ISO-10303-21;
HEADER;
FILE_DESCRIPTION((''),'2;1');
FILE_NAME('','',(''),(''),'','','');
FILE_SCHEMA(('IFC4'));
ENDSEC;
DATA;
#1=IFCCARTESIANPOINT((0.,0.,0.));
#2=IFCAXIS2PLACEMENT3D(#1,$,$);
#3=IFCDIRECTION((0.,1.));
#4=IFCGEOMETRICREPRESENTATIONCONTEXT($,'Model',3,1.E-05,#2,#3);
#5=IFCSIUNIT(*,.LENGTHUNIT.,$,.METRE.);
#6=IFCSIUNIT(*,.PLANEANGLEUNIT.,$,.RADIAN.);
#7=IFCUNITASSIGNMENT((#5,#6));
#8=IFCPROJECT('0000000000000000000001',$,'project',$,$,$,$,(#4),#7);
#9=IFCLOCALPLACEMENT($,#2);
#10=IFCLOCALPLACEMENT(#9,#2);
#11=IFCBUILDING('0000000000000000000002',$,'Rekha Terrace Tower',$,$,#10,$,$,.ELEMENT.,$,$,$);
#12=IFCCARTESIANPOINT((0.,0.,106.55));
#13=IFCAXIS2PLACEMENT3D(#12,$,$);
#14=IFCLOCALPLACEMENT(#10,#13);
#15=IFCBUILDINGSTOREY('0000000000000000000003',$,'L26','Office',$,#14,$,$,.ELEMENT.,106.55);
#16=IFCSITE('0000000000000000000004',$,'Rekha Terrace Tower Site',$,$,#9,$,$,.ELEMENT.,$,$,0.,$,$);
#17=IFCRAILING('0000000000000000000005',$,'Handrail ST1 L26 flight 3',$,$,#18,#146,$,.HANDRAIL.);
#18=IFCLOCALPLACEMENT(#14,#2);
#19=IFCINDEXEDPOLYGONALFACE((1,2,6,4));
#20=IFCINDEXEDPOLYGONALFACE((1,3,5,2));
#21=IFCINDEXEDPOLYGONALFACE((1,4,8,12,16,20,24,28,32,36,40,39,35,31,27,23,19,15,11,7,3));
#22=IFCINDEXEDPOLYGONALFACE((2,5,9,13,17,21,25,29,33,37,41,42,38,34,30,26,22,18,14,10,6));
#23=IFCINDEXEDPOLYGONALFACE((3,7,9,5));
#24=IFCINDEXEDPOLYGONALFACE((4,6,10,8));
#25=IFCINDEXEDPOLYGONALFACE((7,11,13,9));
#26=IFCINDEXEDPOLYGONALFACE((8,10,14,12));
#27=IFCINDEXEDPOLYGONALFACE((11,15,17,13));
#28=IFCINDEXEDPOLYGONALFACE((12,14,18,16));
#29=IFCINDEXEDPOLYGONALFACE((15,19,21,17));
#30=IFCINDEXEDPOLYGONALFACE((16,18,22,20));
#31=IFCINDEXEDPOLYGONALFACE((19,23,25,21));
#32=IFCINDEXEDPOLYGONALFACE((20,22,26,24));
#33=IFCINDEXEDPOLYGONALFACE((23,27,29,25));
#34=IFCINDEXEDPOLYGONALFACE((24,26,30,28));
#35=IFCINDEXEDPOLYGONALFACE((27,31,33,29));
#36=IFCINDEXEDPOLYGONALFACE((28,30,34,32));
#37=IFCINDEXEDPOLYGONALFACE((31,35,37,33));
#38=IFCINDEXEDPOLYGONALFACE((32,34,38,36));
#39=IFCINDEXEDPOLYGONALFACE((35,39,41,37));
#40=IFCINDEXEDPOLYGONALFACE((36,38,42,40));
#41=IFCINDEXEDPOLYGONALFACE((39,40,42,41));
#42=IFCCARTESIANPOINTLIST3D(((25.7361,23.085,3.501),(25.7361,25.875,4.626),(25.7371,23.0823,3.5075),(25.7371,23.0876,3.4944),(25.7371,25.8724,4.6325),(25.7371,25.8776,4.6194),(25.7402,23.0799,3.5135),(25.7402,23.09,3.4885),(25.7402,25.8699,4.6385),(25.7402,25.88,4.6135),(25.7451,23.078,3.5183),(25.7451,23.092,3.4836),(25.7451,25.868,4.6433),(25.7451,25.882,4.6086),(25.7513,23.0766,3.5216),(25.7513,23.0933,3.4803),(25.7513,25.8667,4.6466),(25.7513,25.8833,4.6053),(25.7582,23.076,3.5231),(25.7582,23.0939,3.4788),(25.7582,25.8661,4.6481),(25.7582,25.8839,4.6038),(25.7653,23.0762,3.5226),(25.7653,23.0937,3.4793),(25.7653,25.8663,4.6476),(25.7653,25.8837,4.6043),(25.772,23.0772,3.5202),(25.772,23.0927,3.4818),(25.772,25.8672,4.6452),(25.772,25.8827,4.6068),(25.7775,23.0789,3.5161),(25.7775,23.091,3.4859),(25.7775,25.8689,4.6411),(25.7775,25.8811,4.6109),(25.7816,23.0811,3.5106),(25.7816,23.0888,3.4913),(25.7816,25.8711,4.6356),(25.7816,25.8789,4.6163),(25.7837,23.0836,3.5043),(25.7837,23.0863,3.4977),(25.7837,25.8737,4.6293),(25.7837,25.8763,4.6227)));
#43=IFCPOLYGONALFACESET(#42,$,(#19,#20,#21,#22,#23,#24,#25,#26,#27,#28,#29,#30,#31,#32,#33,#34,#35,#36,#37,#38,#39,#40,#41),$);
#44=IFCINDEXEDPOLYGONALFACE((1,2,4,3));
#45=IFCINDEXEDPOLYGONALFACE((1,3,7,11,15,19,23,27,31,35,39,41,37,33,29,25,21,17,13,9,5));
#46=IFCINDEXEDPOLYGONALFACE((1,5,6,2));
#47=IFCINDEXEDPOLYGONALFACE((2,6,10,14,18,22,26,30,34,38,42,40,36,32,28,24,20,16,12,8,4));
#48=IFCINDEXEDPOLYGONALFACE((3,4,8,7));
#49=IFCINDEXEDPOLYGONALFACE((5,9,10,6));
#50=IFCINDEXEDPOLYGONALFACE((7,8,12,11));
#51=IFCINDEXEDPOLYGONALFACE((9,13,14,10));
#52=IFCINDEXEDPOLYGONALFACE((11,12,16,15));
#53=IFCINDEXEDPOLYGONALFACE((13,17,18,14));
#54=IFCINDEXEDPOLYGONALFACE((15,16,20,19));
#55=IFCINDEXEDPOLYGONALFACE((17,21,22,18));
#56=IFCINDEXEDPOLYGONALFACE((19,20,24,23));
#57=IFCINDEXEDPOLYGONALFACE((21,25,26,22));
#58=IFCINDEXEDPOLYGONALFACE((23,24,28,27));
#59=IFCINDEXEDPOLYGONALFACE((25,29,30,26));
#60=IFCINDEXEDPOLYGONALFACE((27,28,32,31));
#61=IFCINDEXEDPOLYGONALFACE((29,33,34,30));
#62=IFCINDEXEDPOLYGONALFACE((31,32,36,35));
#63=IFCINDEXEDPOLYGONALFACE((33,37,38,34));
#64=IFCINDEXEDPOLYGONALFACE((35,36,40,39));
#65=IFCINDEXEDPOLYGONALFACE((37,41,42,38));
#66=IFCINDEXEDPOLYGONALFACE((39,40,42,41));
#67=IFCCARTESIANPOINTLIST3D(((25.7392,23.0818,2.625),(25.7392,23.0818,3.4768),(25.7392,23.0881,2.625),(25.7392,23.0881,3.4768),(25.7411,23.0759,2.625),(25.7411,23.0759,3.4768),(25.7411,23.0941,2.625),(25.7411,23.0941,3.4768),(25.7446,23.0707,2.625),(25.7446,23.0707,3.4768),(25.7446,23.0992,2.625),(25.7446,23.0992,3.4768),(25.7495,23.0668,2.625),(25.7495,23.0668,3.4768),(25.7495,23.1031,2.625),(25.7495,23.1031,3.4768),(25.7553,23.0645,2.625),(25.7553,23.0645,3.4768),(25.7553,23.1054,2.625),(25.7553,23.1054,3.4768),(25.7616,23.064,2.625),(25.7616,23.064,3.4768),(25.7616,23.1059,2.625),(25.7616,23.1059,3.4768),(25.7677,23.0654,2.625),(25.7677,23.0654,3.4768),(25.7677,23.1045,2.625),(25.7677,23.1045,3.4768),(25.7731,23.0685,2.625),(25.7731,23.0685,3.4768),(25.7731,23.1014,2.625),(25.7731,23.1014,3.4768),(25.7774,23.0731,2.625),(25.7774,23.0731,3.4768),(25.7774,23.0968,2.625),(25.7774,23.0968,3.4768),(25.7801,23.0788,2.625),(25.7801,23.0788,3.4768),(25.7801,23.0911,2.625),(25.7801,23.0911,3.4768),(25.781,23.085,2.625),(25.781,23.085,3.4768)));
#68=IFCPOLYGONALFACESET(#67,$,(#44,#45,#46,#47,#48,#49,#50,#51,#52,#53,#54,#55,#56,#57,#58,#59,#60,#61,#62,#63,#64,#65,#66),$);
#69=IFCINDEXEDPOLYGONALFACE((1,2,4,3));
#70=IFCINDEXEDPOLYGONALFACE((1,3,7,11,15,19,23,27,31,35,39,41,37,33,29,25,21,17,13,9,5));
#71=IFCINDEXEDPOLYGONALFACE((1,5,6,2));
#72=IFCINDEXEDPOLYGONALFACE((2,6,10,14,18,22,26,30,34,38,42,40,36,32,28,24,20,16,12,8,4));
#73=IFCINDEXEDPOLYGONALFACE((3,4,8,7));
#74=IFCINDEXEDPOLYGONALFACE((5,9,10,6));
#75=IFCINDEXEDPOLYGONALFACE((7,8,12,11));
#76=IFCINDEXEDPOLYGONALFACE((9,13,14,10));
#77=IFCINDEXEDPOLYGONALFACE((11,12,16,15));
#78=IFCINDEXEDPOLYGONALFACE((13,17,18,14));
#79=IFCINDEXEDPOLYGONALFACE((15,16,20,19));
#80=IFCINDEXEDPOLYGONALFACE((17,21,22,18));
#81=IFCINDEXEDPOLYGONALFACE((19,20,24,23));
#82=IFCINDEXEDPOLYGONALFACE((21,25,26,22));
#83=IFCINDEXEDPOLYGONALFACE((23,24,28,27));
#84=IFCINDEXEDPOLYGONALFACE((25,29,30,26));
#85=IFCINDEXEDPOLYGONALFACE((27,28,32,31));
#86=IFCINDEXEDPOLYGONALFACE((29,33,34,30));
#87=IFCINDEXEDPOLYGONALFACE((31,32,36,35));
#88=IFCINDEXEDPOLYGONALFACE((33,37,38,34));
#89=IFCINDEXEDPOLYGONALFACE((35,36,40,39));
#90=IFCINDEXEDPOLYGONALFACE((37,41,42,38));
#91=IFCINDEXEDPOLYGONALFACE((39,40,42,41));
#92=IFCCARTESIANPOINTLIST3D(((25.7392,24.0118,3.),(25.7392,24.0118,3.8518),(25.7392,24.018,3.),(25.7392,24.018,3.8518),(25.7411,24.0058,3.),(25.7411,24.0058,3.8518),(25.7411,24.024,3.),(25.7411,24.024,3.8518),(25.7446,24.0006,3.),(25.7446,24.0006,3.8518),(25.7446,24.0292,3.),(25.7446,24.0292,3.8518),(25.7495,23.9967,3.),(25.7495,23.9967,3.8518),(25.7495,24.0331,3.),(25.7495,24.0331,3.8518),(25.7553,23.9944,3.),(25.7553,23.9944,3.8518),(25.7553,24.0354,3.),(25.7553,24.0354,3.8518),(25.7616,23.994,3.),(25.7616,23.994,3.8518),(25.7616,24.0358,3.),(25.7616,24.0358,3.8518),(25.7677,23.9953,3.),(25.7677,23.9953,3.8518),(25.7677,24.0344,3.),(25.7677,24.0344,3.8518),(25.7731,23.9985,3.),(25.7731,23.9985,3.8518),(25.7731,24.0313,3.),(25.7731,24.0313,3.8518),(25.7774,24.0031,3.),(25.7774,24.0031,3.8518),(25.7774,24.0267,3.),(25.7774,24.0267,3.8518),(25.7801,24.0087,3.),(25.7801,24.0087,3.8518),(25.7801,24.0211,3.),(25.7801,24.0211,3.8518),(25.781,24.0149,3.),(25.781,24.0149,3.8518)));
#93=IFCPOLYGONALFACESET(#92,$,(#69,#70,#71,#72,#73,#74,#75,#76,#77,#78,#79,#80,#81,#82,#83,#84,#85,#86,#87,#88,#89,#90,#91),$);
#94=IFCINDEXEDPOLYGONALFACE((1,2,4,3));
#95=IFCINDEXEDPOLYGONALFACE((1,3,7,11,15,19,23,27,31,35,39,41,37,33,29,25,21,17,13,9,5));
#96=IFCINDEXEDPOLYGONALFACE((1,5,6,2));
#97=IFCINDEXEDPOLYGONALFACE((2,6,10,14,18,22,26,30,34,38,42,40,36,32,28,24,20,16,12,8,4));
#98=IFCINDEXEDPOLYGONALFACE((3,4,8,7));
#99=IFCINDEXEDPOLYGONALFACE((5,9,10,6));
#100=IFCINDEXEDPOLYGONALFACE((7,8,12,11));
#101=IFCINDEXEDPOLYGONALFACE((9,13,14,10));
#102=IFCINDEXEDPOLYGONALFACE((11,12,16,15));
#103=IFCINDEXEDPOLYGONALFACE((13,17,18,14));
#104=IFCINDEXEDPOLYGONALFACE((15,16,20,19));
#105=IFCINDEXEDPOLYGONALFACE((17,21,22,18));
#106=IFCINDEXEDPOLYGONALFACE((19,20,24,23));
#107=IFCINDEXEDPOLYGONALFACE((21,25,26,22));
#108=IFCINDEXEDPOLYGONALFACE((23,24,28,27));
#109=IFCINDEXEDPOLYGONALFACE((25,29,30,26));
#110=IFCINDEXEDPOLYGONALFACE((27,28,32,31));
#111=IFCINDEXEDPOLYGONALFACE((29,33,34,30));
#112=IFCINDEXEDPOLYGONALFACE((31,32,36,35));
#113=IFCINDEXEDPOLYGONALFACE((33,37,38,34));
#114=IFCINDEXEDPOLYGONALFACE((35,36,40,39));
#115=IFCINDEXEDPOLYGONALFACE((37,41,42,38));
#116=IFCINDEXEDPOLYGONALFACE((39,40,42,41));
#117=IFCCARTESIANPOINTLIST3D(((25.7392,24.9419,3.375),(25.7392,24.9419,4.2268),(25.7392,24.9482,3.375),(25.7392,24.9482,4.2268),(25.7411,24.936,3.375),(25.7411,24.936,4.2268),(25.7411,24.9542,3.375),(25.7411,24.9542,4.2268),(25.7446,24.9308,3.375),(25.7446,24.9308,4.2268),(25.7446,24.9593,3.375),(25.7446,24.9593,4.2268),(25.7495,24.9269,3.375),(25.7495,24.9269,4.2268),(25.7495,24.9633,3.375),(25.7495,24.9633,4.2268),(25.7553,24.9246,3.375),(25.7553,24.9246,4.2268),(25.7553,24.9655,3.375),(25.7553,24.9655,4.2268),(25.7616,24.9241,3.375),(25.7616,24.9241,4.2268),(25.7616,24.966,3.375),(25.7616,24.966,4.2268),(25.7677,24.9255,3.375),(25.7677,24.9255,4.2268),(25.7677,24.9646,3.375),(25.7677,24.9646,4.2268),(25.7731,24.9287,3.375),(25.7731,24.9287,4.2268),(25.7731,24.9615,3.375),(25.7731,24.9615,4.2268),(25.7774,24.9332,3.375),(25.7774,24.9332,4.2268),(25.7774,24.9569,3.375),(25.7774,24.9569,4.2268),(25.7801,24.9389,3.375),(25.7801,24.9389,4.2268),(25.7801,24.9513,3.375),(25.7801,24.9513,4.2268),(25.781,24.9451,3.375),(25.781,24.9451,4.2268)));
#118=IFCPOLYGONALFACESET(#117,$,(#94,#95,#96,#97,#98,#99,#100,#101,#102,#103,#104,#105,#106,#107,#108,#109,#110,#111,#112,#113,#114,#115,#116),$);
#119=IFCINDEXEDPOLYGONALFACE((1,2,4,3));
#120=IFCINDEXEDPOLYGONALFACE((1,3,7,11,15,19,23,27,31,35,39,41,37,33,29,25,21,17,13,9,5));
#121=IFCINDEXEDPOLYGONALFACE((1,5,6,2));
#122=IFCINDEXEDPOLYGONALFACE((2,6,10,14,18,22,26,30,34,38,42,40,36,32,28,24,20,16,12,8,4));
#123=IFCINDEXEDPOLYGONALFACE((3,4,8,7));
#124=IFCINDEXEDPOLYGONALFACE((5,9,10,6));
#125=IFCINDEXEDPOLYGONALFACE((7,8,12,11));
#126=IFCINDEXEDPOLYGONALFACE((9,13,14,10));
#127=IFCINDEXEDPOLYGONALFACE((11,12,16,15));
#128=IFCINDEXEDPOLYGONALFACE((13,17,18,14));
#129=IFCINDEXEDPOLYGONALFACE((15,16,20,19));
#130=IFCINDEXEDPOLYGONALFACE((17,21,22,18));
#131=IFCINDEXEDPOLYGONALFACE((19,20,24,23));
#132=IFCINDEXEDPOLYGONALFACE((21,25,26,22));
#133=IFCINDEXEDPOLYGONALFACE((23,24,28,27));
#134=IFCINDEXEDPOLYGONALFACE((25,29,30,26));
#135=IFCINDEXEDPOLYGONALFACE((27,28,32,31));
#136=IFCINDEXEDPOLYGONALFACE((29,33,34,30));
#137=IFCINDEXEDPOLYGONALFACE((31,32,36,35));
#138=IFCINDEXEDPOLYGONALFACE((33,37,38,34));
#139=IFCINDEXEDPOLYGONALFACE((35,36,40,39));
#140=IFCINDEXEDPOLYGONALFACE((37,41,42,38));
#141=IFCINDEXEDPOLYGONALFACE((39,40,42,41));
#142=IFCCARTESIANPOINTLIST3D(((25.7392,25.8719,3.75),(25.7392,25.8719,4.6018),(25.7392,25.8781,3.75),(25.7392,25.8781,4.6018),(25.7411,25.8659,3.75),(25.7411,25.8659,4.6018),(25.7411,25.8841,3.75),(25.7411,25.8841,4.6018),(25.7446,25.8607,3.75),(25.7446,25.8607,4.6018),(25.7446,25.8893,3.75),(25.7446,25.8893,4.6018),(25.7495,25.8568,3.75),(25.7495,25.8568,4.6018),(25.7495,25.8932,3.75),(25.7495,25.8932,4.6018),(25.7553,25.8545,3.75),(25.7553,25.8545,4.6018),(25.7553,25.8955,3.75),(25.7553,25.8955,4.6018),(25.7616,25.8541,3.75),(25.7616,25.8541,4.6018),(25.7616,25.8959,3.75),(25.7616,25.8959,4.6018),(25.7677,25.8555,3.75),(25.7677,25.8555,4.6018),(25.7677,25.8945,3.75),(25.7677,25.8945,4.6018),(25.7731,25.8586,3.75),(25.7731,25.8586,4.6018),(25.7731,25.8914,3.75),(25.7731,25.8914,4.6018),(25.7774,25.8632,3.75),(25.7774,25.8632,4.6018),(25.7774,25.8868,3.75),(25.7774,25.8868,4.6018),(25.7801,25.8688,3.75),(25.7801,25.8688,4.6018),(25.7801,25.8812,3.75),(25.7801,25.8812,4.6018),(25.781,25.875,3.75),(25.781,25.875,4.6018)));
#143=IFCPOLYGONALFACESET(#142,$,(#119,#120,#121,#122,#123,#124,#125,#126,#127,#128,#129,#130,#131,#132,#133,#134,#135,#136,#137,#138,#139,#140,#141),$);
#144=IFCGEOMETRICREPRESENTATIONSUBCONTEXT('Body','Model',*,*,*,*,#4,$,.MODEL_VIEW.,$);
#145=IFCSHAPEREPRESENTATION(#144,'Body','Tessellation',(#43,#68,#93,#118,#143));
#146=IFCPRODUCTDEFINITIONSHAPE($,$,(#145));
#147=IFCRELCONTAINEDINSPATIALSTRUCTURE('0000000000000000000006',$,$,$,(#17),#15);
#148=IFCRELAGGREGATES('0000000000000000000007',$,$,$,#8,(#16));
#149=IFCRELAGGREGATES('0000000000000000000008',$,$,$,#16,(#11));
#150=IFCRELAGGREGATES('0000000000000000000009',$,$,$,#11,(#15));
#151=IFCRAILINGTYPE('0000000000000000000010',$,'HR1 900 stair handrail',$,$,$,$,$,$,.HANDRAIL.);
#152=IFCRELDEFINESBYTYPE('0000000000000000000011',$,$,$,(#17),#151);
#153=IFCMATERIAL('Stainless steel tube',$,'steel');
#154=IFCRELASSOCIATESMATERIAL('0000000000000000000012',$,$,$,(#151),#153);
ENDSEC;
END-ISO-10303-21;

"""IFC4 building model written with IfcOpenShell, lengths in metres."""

from ifc_helpers import new_model, si_unit, direction, frame, origin, origin_2d, place, context, subcontext, project, spatial, circle, extrude, material, type_object, element, save


model = new_model("IFC4")

# Units and contexts
model_context = context("Model", 3, precision=1e-05, world=origin(), true_north=direction((0.0, 1.0)))
body_context = subcontext(model_context, "Body", "Model", "MODEL_VIEW")
ifc_project = project(units=[si_unit("LENGTHUNIT", "METRE"), si_unit("PLANEANGLEUNIT", "RADIAN")], contexts=[model_context])

# Site, building, storey
site_placement = place(None, origin())
site = spatial("IfcSite", under=ifc_project, at=site_placement, Name="Rekha Terrace Tower Site", CompositionType="ELEMENT", RefElevation=0.0)
building_placement = place(site_placement, origin())
building = spatial("IfcBuilding", under=site, at=building_placement, Name="Rekha Terrace Tower", CompositionType="ELEMENT")
storey_placement = place(building_placement, frame((0.0, 0.0, 106.55)))
storey = spatial("IfcBuildingStorey", under=building, at=storey_placement, Name="L26", Description="Office", CompositionType="ELEMENT", Elevation=106.55)

# Railing
ifc_material_1 = material(Name="Stainless steel tube", Category="steel")
railing_type_1 = type_object("IfcRailingType", Name="HR1 900 stair handrail", PredefinedType="HANDRAIL", material=ifc_material_1)
railing_1_placement = place(storey_placement, frame((25.76, 23.085, 2.625)))
element("IfcRailing", 1, at=railing_1_placement, inside=storey, type_object=railing_type_1, Name="Handrail ST1 L26 flight 3", PredefinedType="HANDRAIL", context=body_context, shape_type="SweptSolid", body=[
    extrude(circle(Radius=0.0239, at=origin_2d()), frame((0.0, 0.0, 0.876), z_axis=(0.0, 0.927443, 0.373964), x_axis=(-1.0, 0.0, 0.0)), (0.0, 0.0, 1.0), 3.0083),
    extrude(circle(Radius=0.021, at=origin_2d()), origin(), (0.0, 0.0, 1.0), 0.8518),
    extrude(circle(Radius=0.021, at=origin_2d()), frame((0.0, 0.9299, 0.375)), (0.0, 0.0, 1.0), 0.8518),
    extrude(circle(Radius=0.021, at=origin_2d()), frame((0.0, 1.8601, 0.75)), (0.0, 0.0, 1.0), 0.8518),
    extrude(circle(Radius=0.021, at=origin_2d()), frame((0.0, 2.79, 1.125)), (0.0, 0.0, 1.0), 0.8518),
])

save(model, "model.ifc")
